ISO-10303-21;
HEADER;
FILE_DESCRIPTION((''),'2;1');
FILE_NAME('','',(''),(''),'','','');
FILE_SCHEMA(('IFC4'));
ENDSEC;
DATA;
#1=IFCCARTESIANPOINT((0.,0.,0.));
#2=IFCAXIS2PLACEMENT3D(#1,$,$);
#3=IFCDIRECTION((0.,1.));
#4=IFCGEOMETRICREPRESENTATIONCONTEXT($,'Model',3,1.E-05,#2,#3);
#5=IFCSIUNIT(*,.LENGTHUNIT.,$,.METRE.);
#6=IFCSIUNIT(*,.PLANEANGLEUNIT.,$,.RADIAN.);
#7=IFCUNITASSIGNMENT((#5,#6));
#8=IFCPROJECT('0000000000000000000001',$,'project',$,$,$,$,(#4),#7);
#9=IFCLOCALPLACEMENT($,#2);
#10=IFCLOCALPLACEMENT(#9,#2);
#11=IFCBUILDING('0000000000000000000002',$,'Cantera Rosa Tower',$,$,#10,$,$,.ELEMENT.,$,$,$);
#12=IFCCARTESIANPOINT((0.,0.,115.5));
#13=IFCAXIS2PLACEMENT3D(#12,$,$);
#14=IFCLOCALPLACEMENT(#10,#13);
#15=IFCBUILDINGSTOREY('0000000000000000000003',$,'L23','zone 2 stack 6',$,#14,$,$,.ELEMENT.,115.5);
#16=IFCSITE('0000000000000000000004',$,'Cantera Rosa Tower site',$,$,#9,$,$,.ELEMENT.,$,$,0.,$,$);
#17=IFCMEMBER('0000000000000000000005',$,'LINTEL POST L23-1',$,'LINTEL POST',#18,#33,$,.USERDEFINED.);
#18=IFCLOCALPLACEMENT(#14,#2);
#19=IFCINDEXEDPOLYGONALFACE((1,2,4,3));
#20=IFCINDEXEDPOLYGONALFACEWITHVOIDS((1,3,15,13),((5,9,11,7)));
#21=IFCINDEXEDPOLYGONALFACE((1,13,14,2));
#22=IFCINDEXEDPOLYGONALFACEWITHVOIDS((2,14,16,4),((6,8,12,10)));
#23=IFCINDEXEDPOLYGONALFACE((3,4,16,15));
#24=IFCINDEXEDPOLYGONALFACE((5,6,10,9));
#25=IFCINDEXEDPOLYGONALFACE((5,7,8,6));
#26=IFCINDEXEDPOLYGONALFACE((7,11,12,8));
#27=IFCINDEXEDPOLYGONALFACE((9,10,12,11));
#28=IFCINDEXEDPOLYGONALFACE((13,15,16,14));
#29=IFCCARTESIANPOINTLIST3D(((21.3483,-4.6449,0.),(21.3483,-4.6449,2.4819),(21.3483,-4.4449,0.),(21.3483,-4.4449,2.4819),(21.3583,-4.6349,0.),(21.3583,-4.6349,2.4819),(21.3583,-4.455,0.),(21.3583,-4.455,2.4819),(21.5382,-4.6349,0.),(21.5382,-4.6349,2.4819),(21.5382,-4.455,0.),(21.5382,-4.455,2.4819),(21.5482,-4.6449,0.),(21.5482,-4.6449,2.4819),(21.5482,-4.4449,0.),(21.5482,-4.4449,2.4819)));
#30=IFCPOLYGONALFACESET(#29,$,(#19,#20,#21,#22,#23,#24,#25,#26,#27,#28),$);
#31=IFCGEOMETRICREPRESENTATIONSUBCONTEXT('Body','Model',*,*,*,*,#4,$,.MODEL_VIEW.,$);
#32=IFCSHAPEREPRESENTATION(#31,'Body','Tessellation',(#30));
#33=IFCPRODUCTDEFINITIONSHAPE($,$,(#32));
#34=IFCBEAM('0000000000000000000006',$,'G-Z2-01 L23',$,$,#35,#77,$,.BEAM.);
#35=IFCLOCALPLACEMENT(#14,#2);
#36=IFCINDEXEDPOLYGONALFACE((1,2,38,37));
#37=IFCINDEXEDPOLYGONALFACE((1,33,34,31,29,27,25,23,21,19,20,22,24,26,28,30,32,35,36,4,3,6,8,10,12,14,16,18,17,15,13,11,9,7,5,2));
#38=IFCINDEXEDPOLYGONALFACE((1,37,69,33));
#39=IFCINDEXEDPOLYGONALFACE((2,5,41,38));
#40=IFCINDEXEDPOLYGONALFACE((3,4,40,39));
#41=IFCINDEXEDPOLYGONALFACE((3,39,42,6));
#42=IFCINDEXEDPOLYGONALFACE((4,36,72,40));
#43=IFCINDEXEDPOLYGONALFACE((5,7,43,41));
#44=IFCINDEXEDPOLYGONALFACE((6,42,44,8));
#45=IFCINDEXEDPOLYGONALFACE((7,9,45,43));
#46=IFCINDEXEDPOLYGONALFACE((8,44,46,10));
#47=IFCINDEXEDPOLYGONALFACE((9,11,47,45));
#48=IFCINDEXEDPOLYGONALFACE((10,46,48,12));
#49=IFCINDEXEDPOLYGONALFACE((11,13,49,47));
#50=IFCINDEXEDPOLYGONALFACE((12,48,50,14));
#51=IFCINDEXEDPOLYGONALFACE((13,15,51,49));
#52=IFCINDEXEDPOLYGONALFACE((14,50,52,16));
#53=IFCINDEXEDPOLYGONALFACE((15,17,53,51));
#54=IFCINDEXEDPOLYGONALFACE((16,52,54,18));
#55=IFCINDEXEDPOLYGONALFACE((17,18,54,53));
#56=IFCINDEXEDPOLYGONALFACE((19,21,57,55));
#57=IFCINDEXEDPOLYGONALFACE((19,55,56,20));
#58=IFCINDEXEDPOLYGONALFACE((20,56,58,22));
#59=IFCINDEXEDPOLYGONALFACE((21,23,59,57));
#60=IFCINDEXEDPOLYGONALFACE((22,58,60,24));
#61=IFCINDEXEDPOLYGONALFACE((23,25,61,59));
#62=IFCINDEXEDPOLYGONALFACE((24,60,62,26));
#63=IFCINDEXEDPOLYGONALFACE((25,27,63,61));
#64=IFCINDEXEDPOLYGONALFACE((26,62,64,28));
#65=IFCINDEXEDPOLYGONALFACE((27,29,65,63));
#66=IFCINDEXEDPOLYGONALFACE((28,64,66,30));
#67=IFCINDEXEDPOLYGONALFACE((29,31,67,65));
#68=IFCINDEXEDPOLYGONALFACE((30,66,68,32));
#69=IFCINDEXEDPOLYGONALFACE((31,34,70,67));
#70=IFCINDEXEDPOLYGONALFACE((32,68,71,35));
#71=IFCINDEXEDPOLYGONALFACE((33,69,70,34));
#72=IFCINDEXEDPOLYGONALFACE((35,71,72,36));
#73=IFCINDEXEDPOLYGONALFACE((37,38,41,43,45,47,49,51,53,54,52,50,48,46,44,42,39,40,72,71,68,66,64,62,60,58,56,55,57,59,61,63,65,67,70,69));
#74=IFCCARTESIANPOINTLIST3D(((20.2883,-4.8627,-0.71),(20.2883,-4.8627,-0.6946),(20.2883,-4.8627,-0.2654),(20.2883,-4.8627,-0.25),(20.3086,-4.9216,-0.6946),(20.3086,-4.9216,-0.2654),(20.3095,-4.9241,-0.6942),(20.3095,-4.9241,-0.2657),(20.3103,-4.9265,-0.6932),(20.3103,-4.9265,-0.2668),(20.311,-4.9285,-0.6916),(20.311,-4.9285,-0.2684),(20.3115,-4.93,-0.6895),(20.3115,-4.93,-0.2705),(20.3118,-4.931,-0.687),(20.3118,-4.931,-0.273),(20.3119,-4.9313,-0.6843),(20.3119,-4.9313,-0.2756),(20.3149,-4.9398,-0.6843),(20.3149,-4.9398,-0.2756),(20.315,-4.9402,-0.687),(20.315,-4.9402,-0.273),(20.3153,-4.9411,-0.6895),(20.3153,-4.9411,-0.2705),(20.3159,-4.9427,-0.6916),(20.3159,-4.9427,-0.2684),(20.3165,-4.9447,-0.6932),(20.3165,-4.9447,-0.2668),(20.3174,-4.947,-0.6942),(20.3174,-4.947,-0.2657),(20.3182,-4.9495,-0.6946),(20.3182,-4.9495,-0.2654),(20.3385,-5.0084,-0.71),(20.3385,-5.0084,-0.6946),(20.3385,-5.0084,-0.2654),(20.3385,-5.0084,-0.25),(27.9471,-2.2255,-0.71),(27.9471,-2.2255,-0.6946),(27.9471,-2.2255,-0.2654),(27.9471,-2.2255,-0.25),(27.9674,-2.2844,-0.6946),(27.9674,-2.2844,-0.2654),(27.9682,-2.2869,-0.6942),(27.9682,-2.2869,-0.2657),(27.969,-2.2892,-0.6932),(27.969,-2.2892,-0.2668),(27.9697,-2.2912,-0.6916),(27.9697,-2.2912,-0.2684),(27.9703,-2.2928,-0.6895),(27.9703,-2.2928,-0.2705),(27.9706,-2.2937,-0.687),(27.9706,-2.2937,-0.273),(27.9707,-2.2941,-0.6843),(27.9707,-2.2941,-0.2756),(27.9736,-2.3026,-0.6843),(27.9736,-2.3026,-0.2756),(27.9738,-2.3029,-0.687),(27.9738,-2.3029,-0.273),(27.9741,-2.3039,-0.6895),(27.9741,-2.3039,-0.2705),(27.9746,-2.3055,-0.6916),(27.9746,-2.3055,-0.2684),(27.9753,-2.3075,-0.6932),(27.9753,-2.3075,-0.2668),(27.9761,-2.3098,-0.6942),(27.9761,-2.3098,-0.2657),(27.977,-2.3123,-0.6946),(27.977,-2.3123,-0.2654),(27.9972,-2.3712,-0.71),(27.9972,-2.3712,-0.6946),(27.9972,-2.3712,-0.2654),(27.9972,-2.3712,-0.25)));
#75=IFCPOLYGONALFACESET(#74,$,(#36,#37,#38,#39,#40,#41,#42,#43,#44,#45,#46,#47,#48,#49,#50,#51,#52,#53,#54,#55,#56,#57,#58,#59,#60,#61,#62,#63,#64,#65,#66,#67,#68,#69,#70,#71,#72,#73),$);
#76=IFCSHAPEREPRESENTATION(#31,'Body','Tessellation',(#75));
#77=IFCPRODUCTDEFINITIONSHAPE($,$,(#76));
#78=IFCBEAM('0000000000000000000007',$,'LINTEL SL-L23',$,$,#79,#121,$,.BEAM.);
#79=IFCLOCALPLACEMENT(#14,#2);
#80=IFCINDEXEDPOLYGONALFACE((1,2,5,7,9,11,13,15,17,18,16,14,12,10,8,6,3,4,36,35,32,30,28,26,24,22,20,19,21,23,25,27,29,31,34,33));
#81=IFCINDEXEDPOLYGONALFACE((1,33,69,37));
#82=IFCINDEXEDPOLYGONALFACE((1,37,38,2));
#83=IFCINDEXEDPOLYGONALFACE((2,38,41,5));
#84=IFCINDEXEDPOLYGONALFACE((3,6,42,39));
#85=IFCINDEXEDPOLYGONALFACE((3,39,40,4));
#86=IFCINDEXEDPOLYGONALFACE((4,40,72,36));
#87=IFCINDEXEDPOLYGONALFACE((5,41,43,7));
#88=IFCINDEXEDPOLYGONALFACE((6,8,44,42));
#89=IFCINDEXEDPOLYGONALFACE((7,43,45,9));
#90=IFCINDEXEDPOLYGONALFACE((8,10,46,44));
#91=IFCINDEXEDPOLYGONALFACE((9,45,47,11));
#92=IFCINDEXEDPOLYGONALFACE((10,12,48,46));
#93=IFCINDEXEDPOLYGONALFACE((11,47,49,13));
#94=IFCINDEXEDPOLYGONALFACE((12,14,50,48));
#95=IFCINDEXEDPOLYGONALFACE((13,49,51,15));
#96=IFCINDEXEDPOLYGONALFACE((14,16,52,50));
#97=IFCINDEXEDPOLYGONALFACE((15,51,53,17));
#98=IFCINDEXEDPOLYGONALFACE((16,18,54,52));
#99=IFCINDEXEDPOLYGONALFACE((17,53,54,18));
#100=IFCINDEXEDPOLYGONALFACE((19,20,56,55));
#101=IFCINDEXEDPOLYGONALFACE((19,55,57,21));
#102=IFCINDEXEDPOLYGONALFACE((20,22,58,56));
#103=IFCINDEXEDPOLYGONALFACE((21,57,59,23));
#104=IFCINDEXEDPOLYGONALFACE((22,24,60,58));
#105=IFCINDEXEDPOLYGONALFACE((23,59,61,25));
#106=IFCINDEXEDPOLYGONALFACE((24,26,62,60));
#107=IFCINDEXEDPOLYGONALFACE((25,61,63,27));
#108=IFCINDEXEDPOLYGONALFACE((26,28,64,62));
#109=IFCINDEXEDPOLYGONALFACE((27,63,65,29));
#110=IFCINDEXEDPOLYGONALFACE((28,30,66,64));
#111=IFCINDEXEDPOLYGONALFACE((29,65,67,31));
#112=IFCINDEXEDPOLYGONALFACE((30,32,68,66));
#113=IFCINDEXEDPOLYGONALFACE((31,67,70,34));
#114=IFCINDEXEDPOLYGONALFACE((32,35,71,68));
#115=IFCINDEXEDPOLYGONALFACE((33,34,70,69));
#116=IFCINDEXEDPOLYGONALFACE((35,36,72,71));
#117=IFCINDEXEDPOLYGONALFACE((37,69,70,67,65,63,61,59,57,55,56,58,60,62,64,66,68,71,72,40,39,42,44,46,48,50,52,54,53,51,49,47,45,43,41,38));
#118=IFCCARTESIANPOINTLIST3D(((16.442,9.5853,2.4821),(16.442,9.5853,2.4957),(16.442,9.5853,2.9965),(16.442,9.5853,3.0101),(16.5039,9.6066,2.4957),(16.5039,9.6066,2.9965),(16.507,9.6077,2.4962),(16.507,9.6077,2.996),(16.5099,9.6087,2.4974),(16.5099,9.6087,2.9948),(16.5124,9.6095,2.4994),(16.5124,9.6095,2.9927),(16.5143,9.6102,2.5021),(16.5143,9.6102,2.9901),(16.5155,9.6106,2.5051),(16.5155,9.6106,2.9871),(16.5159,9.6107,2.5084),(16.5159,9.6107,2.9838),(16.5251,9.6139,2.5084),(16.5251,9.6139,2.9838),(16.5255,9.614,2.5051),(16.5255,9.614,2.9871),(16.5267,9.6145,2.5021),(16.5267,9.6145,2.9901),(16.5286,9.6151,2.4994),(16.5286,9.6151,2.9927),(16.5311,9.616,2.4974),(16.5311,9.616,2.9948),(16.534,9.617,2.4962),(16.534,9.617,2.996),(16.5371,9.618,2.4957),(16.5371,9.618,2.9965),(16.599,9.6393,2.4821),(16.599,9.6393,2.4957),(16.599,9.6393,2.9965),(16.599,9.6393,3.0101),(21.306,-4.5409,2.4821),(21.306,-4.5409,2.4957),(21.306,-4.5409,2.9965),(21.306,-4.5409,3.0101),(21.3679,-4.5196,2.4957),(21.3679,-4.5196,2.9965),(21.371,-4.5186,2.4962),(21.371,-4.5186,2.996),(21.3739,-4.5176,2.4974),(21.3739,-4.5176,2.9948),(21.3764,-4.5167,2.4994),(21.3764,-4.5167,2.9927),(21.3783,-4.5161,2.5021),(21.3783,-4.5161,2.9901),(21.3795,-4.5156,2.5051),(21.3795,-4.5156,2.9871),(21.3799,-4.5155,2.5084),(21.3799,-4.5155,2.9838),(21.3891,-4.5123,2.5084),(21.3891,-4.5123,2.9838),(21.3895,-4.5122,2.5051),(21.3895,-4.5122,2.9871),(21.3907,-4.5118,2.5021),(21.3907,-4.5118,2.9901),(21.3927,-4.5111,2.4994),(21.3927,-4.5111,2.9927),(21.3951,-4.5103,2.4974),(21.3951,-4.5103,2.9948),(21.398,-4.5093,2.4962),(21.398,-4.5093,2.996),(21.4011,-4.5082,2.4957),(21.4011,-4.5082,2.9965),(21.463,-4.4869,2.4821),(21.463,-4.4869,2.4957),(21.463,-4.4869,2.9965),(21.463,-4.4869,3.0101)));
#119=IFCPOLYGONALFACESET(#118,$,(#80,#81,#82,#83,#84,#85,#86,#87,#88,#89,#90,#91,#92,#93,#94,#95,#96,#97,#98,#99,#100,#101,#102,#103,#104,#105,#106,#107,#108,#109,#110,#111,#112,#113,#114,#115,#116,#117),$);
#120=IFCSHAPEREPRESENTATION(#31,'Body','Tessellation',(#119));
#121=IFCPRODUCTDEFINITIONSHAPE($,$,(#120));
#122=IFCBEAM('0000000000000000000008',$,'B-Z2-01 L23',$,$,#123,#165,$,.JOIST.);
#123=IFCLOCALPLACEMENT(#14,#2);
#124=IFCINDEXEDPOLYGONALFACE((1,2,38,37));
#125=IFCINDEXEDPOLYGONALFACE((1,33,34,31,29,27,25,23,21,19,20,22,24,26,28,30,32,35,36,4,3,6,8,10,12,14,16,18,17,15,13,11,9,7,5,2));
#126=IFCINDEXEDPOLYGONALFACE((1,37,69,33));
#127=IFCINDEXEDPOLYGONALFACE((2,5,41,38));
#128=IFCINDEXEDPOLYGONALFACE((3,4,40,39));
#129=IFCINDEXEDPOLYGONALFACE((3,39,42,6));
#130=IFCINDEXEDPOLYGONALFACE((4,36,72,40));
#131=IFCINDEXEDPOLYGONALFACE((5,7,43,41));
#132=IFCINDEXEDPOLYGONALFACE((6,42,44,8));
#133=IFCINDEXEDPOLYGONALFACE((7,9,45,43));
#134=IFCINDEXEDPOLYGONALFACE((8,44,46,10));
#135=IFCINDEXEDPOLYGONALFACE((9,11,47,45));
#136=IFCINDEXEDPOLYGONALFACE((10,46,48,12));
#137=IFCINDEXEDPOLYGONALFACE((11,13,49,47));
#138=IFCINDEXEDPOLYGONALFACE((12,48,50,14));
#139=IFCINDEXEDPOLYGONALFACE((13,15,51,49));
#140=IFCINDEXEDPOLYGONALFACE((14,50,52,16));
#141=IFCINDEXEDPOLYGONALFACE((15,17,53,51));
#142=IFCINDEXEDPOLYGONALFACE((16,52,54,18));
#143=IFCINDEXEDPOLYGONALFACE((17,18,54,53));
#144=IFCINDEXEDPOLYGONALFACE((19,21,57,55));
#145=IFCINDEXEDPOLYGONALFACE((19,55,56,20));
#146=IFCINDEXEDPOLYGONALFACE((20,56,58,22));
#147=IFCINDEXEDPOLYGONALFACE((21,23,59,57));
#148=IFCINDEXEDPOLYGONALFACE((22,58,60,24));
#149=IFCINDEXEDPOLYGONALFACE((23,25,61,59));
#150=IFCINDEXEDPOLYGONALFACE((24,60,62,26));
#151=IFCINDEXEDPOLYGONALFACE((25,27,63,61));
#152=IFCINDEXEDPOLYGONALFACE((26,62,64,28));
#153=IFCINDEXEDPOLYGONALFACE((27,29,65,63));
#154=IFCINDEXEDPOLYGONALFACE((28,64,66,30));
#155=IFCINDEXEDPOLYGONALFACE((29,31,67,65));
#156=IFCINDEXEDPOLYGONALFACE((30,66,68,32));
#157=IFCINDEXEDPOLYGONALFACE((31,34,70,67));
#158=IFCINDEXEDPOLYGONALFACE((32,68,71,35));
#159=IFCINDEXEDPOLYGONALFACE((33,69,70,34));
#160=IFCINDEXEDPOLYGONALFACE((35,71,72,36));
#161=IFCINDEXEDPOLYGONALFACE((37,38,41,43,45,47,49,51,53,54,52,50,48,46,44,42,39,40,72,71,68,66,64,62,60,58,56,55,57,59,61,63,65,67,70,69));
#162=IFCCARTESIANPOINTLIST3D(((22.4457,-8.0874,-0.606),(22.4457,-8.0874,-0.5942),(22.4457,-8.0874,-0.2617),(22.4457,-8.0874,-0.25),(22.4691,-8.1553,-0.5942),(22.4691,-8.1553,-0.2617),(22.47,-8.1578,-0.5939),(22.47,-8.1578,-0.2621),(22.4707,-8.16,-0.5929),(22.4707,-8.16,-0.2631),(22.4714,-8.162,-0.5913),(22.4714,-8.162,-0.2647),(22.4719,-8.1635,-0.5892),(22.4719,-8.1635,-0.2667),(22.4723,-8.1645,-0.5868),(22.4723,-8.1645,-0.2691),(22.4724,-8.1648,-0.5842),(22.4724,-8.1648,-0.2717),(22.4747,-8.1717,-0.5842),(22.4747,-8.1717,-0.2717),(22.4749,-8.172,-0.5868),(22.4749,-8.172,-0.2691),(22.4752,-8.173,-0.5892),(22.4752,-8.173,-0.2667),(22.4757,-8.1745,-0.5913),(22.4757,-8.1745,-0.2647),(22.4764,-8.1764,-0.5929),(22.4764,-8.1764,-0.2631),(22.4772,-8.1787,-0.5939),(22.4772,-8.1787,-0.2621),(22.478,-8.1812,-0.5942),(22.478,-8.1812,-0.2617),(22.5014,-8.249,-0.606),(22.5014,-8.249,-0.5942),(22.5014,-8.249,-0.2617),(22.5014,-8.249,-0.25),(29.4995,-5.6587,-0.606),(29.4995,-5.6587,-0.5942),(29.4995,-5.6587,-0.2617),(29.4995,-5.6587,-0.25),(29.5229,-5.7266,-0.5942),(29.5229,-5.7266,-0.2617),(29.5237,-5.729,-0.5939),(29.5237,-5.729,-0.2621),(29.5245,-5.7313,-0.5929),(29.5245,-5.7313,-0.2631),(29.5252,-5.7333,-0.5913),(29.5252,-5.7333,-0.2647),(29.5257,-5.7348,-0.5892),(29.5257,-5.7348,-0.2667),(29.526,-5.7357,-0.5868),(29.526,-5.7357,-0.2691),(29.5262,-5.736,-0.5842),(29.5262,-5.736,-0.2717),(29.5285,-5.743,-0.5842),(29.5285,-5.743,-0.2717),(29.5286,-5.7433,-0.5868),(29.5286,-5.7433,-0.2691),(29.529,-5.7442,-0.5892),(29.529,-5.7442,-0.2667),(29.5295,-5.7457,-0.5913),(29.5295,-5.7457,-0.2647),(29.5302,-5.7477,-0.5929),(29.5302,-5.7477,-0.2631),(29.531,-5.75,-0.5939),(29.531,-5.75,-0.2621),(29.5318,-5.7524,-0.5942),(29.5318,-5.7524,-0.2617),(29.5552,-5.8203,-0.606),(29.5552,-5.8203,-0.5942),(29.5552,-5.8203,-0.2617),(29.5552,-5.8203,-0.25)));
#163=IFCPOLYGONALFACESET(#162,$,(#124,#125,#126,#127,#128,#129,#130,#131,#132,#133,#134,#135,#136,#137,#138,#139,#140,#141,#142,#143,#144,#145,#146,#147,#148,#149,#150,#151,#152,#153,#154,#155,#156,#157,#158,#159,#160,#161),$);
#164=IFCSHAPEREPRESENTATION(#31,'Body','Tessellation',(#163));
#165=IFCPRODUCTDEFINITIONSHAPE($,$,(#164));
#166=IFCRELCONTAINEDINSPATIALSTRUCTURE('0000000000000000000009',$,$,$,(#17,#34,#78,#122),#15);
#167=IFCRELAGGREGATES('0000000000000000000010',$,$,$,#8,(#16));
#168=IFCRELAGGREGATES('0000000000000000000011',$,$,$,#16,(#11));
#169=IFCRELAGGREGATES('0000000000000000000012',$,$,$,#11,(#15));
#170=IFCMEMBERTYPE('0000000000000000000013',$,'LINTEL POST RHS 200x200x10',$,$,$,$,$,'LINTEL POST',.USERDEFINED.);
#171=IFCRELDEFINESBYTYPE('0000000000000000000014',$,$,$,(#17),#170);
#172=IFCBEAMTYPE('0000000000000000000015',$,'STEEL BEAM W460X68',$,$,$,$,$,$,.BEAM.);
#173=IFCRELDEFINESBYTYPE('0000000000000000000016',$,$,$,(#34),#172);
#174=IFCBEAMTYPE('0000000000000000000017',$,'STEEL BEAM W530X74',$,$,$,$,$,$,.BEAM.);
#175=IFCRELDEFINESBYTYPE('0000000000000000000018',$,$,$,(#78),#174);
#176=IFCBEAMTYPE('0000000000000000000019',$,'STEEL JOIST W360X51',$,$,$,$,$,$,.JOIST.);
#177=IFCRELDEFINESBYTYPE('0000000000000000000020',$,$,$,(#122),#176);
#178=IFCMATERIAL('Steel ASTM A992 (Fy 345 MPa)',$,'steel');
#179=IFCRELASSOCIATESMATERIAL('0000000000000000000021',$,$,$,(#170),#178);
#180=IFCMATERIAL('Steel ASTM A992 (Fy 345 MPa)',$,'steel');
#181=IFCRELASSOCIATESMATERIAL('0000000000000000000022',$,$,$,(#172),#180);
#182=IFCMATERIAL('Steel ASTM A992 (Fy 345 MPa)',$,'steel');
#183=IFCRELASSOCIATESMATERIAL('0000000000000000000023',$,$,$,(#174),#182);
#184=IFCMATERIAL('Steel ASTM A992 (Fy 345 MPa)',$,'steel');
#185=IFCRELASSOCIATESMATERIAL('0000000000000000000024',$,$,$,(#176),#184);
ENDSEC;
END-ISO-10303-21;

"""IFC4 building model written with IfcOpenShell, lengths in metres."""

from ifc_helpers import new_model, si_unit, direction, frame, origin, origin_2d, place, context, subcontext, project, spatial, hollow_rectangle, i_section, extrude, material, material_profile, profile_set, type_object, element, save


model = new_model("IFC4")

# Units and contexts
model_context = context("Model", 3, precision=1e-05, world=origin(), true_north=direction((0.0, 1.0)))
body_context = subcontext(model_context, "Body", "Model", "MODEL_VIEW")
ifc_project = project(units=[si_unit("LENGTHUNIT", "METRE"), si_unit("PLANEANGLEUNIT", "RADIAN")], contexts=[model_context])

# Site, building, storey
site_placement = place(None, origin())
site = spatial("IfcSite", under=ifc_project, at=site_placement, Name="Cantera Rosa Tower site", CompositionType="ELEMENT", RefElevation=0.0)
building_placement = place(site_placement, origin())
building = spatial("IfcBuilding", under=site, at=building_placement, Name="Cantera Rosa Tower", CompositionType="ELEMENT")
storey_placement = place(building_placement, frame((0.0, 0.0, 115.5)))
storey = spatial("IfcBuildingStorey", under=building, at=storey_placement, Name="L23", Description="zone 2 stack 6", CompositionType="ELEMENT", Elevation=115.5)

# Member
ifc_material_1 = material(Name="Steel ASTM A992 (Fy 345 MPa)", Category="steel")
ifc_material_profile_1 = material_profile(ifc_material_1, hollow_rectangle(XDim=0.2, YDim=0.2, WallThickness=0.01, at=origin_2d()), Name="LINTEL POST RHS 200x200x10")
ifc_profile_set_1 = profile_set([ifc_material_profile_1], Name="Steel ASTM A992 (Fy 345 MPa)")
member_type_1 = type_object("IfcMemberType", Name="LINTEL POST RHS 200x200x10", ElementType="LINTEL POST", PredefinedType="USERDEFINED", material=ifc_profile_set_1)
member_1_placement = place(storey_placement, frame((21.4482, -4.5449, 0.0), z_axis=(0.0, 0.0, 1.0), x_axis=(1.0, 0.0, 0.0)))
element("IfcMember", 1, at=member_1_placement, inside=storey, type_object=member_type_1, Name="LINTEL POST L23-1", ObjectType="LINTEL POST", PredefinedType="USERDEFINED", context=body_context, shape_type="SweptSolid", body=[
    extrude(hollow_rectangle(XDim=0.2, YDim=0.2, WallThickness=0.01, at=origin_2d()), origin(), (0.0, 0.0, 1.0), 2.4819),
])

# Beams
ifc_material_2 = material(Name="Steel ASTM A992 (Fy 345 MPa)", Category="steel")
ifc_material_profile_2 = material_profile(ifc_material_2, i_section(OverallWidth=0.1541, OverallDepth=0.46, WebThickness=0.009, FlangeThickness=0.0154, FilletRadius=0.0103, at=origin_2d()), Name="W460X68")
ifc_profile_set_2 = profile_set([ifc_material_profile_2], Name="Steel ASTM A992 (Fy 345 MPa)")
beam_type_1 = type_object("IfcBeamType", Name="STEEL BEAM W460X68", PredefinedType="BEAM", material=ifc_profile_set_2)
beam_1_placement = place(storey_placement, frame((27.9722, -2.2983, -0.48), z_axis=(-0.945514, -0.32558, 0.0), x_axis=(0.32558, -0.945514, 0.0)))
element("IfcBeam", 2, at=beam_1_placement, inside=storey, type_object=beam_type_1, Name="G-Z2-01 L23", PredefinedType="BEAM", context=body_context, shape_type="SweptSolid", body=[
    extrude(i_section(OverallWidth=0.1541, OverallDepth=0.46, WebThickness=0.009, FlangeThickness=0.0154, FilletRadius=0.0103, at=origin_2d()), origin(), (0.0, 0.0, 1.0), 8.1001),
])
ifc_material_3 = material(Name="Steel ASTM A992 (Fy 345 MPa)", Category="steel")
ifc_material_profile_3 = material_profile(ifc_material_3, i_section(OverallWidth=0.166, OverallDepth=0.5281, WebThickness=0.0098, FlangeThickness=0.0137, FilletRadius=0.0127, at=origin_2d()), Name="W530X74")
ifc_profile_set_3 = profile_set([ifc_material_profile_3], Name="Steel ASTM A992 (Fy 345 MPa)")
beam_type_2 = type_object("IfcBeamType", Name="STEEL BEAM W530X74", PredefinedType="BEAM", material=ifc_profile_set_3)
beam_2_placement = place(storey_placement, frame((21.3845, -4.5139, 2.7461), z_axis=(-0.325566, 0.945519, 0.0), x_axis=(-0.945519, -0.325566, 0.0)))
element("IfcBeam", 3, at=beam_2_placement, inside=storey, type_object=beam_type_2, Name="LINTEL SL-L23", PredefinedType="BEAM", context=body_context, shape_type="SweptSolid", body=[
    extrude(i_section(OverallWidth=0.166, OverallDepth=0.5281, WebThickness=0.0098, FlangeThickness=0.0137, FilletRadius=0.0127, at=origin_2d()), origin(), (0.0, 0.0, 1.0), 14.9402),
])
ifc_material_4 = material(Name="Steel ASTM A992 (Fy 345 MPa)", Category="steel")
ifc_material_profile_4 = material_profile(ifc_material_4, i_section(OverallWidth=0.1709, OverallDepth=0.356, WebThickness=0.0073, FlangeThickness=0.0117, FilletRadius=0.01, at=origin_2d()), Name="W360X51")
ifc_profile_set_4 = profile_set([ifc_material_profile_4], Name="Steel ASTM A992 (Fy 345 MPa)")
beam_type_3 = type_object("IfcBeamType", Name="STEEL JOIST W360X51", PredefinedType="JOIST", material=ifc_profile_set_4)
beam_3_placement = place(storey_placement, frame((29.5273, -5.7395, -0.428), z_axis=(-0.945522, -0.325559, 0.0), x_axis=(0.325559, -0.945522, 0.0)))
element("IfcBeam", 4, at=beam_3_placement, inside=storey, type_object=beam_type_3, Name="B-Z2-01 L23", PredefinedType="JOIST", context=body_context, shape_type="SweptSolid", body=[
    extrude(i_section(OverallWidth=0.1709, OverallDepth=0.356, WebThickness=0.0073, FlangeThickness=0.0117, FilletRadius=0.01, at=origin_2d()), origin(), (0.0, 0.0, 1.0), 7.4602),
])

save(model, "model.ifc")
